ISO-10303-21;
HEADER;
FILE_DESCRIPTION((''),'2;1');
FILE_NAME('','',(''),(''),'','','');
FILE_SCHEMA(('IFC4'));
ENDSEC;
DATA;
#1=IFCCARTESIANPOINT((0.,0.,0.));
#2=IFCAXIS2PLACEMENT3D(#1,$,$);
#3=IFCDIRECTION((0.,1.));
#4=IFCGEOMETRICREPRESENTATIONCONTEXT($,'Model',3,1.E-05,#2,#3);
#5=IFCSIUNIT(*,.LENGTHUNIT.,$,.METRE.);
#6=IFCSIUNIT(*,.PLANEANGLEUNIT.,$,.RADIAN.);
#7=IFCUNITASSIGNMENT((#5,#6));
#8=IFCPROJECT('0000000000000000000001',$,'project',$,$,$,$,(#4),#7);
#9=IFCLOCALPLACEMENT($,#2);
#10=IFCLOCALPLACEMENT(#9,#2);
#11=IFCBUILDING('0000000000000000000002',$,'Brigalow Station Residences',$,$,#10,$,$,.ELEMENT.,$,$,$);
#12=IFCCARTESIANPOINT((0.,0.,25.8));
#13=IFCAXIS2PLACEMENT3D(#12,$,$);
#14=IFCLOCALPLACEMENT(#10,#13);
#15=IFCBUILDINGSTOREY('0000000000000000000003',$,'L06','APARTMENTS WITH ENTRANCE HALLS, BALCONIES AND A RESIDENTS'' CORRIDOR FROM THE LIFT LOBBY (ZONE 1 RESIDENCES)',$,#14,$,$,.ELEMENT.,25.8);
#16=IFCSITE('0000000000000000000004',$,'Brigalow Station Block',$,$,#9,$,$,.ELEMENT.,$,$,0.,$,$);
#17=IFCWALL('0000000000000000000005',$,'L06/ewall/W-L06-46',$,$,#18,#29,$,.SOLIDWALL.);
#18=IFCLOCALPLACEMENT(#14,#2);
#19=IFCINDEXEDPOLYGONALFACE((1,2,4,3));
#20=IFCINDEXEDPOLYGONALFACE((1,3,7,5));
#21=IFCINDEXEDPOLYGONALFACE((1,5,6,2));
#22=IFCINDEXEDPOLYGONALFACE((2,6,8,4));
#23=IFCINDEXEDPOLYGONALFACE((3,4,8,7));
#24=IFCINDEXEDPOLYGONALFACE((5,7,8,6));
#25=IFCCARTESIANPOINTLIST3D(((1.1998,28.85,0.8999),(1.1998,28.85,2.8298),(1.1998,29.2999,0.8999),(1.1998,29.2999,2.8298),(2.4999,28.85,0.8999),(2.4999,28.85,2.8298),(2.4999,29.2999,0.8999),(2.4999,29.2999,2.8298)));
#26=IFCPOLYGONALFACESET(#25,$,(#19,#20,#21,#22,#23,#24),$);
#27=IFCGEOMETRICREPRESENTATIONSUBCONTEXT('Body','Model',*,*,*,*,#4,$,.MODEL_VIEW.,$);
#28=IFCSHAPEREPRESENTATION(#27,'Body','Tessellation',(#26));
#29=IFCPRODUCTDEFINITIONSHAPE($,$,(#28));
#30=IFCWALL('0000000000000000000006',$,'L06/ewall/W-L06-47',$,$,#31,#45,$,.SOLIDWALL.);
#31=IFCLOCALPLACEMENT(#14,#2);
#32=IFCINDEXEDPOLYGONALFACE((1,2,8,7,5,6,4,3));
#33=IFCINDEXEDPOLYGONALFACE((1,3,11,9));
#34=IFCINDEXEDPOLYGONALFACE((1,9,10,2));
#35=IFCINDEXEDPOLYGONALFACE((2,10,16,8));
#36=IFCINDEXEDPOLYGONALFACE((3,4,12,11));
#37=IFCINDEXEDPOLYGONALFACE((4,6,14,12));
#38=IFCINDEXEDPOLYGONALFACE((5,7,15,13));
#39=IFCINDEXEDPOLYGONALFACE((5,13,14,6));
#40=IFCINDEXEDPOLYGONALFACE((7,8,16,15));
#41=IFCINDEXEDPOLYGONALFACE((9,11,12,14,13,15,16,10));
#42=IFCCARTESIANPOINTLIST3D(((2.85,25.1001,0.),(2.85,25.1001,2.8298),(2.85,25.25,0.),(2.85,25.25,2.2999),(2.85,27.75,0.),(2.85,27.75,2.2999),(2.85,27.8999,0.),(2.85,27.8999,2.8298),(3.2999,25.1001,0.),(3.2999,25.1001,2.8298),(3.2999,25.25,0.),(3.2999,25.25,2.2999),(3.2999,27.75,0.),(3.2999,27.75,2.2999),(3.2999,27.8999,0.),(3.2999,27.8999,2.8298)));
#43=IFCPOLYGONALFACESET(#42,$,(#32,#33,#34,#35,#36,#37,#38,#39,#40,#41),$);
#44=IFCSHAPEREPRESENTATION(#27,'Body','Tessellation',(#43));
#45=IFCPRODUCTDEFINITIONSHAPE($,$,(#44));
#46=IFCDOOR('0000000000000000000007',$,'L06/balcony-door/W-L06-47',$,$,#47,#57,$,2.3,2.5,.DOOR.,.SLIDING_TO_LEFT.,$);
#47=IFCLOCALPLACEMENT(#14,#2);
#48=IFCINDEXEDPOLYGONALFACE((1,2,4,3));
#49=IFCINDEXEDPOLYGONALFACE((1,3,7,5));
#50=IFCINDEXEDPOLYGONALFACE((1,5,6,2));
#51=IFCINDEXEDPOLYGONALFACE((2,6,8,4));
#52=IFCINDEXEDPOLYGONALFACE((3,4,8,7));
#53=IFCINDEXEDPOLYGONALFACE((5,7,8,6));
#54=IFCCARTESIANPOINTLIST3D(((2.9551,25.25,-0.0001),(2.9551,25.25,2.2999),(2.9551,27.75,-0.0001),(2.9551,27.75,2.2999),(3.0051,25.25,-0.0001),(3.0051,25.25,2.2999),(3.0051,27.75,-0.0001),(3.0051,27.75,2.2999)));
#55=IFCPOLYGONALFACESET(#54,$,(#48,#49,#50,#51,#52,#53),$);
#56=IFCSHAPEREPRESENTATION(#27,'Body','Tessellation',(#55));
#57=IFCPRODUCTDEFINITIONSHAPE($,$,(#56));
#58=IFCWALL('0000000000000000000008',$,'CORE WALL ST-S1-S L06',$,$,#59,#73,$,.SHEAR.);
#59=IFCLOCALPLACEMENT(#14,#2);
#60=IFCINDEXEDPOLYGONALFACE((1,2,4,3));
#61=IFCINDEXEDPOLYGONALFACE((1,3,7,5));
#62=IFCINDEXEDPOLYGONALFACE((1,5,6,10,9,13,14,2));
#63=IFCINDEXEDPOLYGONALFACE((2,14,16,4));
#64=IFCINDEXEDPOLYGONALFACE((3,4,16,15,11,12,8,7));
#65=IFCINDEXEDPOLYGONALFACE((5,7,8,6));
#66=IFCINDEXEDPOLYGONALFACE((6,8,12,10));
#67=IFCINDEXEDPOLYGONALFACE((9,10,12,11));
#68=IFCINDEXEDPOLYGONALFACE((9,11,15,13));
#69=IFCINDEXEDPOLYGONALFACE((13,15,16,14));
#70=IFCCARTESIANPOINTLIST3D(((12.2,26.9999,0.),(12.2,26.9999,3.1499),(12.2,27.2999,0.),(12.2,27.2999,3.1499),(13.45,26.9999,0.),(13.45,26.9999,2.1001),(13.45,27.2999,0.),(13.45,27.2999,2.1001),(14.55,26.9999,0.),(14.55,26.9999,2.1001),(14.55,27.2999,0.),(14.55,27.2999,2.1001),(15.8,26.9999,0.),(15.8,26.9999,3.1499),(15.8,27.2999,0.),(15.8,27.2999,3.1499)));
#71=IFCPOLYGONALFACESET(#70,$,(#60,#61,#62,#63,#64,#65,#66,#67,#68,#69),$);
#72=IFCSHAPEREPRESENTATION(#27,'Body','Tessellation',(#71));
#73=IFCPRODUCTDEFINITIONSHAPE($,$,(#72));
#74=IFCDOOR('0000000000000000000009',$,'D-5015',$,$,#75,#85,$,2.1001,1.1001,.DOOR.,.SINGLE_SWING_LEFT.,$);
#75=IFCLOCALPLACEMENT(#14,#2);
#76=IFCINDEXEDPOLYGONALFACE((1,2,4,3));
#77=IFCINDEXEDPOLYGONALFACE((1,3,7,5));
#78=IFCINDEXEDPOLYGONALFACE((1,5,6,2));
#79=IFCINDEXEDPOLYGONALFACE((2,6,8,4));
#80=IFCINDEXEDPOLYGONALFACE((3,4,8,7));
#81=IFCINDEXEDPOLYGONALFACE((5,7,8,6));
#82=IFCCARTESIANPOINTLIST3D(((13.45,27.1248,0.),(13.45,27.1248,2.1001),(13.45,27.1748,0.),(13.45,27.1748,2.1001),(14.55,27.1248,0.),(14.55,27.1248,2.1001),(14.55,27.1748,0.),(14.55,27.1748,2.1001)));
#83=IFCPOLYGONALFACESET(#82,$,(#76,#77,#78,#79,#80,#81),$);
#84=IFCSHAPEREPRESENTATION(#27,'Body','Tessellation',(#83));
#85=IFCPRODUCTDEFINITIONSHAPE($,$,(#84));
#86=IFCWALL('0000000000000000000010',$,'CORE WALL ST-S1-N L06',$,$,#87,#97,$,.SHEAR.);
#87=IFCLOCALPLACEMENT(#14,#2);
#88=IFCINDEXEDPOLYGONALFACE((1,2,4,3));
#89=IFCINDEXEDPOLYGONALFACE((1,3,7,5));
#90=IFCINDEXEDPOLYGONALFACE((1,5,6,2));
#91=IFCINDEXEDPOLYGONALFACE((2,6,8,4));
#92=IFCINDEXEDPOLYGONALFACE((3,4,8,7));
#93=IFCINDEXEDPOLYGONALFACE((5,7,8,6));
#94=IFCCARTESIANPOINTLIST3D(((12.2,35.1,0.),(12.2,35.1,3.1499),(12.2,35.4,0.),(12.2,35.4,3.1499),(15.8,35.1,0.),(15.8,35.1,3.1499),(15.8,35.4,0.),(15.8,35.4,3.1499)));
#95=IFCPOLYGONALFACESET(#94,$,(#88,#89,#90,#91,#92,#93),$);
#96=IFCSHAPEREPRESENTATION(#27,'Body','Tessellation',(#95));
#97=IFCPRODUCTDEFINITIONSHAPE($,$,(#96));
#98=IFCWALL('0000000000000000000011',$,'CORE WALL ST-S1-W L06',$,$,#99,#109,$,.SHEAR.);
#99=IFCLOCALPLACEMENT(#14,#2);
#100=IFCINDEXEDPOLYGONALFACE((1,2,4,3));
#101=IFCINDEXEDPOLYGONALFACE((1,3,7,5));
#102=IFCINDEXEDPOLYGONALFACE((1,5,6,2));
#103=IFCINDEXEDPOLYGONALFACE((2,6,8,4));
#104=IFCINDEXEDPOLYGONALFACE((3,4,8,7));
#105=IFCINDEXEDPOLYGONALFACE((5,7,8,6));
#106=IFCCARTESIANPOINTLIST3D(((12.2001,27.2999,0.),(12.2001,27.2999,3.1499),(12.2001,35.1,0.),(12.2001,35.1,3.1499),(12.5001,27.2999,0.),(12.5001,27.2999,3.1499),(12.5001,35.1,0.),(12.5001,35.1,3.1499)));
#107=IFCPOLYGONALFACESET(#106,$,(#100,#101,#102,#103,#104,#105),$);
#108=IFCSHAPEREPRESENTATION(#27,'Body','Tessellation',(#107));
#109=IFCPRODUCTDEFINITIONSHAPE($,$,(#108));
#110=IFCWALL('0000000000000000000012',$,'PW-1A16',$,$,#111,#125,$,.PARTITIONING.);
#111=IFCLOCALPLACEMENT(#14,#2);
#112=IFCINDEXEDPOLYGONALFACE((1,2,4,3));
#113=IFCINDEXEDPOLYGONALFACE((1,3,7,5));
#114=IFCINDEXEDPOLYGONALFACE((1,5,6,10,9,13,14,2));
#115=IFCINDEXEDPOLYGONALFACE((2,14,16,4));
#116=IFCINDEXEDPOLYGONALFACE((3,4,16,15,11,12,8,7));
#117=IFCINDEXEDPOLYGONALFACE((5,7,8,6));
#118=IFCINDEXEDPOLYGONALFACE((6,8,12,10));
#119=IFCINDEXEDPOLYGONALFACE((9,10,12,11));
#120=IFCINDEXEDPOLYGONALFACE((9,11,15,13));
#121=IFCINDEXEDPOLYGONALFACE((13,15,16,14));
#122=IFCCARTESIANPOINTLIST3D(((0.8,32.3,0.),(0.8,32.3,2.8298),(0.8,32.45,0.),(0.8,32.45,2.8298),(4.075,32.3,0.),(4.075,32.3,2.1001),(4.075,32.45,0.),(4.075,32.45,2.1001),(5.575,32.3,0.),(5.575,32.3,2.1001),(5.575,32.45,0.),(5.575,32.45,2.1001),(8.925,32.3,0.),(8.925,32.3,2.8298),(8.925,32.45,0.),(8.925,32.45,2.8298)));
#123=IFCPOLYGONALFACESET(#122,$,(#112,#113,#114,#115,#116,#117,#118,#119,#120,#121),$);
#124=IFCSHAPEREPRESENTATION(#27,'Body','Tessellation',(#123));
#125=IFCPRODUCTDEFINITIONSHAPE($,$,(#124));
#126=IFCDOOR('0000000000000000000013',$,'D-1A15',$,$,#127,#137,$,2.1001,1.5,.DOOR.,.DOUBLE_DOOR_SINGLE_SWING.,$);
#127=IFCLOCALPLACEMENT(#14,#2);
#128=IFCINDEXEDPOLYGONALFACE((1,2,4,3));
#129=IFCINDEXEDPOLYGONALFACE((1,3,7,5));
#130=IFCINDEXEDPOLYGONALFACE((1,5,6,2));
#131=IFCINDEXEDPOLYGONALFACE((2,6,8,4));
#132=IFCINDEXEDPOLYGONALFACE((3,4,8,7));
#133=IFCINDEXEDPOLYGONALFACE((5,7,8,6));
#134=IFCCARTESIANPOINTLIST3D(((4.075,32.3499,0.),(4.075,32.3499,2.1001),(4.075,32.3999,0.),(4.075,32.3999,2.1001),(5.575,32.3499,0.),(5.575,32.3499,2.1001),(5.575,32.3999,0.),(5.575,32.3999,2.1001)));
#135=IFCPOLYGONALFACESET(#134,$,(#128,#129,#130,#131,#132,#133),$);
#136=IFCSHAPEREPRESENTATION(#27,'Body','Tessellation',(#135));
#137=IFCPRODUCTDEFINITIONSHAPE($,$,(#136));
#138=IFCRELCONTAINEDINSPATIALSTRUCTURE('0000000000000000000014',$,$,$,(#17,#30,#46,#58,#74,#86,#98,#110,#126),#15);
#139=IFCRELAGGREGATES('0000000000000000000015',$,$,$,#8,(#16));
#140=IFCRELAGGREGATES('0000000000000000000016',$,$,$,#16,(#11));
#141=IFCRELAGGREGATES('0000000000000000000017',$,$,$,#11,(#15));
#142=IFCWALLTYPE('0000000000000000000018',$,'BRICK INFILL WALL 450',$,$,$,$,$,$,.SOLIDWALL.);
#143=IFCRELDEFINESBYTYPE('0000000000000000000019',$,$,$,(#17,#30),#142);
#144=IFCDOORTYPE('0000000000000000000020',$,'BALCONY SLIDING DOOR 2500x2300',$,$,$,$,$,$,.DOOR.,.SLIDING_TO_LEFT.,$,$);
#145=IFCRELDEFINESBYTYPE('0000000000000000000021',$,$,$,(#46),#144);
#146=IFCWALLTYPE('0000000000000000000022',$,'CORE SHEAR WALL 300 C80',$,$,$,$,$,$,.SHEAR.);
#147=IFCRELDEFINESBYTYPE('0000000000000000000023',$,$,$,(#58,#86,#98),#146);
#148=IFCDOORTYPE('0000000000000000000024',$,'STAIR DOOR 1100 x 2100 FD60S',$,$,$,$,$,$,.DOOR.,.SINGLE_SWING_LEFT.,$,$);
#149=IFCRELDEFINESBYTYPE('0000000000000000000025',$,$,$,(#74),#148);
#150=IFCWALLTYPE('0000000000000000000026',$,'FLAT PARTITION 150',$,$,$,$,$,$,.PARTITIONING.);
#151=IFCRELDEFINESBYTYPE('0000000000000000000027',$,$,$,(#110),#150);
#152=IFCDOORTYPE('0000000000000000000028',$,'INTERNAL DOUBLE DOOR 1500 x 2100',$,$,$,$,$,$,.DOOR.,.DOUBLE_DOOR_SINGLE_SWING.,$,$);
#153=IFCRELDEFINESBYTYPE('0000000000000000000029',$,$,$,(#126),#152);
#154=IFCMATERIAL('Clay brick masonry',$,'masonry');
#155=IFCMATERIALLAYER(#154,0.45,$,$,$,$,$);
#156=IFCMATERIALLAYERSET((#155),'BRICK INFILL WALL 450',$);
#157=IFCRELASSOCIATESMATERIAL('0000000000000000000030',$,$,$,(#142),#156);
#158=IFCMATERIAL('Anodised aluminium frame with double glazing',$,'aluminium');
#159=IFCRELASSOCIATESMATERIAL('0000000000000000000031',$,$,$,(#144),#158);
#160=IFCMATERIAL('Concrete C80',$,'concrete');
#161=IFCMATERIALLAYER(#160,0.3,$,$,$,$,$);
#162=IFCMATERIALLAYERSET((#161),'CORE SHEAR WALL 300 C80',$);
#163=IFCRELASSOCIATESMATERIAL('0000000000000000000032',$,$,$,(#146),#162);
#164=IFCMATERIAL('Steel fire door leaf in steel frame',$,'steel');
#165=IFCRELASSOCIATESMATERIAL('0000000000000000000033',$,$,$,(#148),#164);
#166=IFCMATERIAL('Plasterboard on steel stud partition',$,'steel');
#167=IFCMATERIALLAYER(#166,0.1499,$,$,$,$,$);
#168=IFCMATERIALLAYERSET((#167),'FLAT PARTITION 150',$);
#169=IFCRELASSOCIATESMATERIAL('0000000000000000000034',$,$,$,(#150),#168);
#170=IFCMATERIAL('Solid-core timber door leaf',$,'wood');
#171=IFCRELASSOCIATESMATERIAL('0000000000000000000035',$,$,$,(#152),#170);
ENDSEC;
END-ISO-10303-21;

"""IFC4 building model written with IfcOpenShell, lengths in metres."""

from ifc_helpers import new_model, si_unit, direction, frame, frame_2d, origin, place, context, subcontext, project, spatial, rectangle, extrude, material, layer, layer_set, type_object, element, fill, save


model = new_model("IFC4")

# Units and contexts
model_context = context("Model", 3, precision=1e-05, world=origin(), true_north=direction((0.0, 1.0)))
body_context = subcontext(model_context, "Body", "Model", "MODEL_VIEW")
ifc_project = project(units=[si_unit("LENGTHUNIT", "METRE"), si_unit("PLANEANGLEUNIT", "RADIAN")], contexts=[model_context])

# Site, building, storey
site_placement = place(None, origin())
site = spatial("IfcSite", under=ifc_project, at=site_placement, Name="Brigalow Station Block", CompositionType="ELEMENT", RefElevation=0.0)
building_placement = place(site_placement, origin())
building = spatial("IfcBuilding", under=site, at=building_placement, Name="Brigalow Station Residences", CompositionType="ELEMENT")
storey_placement = place(building_placement, frame((0.0, 0.0, 25.8)))
storey = spatial("IfcBuildingStorey", under=building, at=storey_placement, Name="L06", Description="APARTMENTS WITH ENTRANCE HALLS, BALCONIES AND A RESIDENTS' CORRIDOR FROM THE LIFT LOBBY (ZONE 1 RESIDENCES)", CompositionType="ELEMENT", Elevation=25.8)

# Shared definitions
ifc_material_1 = material(Name="Clay brick masonry", Category="masonry")
ifc_layer_1 = layer(ifc_material_1, 0.45)
ifc_layer_set_1 = layer_set([ifc_layer_1], Name="BRICK INFILL WALL 450")
wall_type_1 = type_object("IfcWallType", Name="BRICK INFILL WALL 450", PredefinedType="SOLIDWALL", material=ifc_layer_set_1)

# Wall
wall_1_placement = place(storey_placement, frame((1.2, 29.075, 0.8999), z_axis=(0.0, 0.0, 1.0), x_axis=(1.0, 0.0, 0.0)))
element("IfcWall", 1, at=wall_1_placement, inside=storey, type_object=wall_type_1, Name="L06/ewall/W-L06-46", PredefinedType="SOLIDWALL", context=body_context, shape_type="SweptSolid", body=[
    extrude(rectangle(XDim=1.3, YDim=0.45, at=frame_2d((0.6499, 0.0))), origin(), (0.0, 0.0, 1.0), 1.9299),
])

# Walls, openings, doors
wall_2_placement = place(storey_placement, frame((3.075, 27.8999, 0.0), z_axis=(0.0, 0.0, 1.0), x_axis=(0.0, -1.0, 0.0)))
wall_2 = element("IfcWall", 2, at=wall_2_placement, inside=storey, type_object=wall_type_1, Name="L06/ewall/W-L06-47", PredefinedType="SOLIDWALL", context=body_context, shape_type="SweptSolid", body=[
    extrude(rectangle(XDim=2.7998, YDim=0.45, at=frame_2d((1.3999, 0.0))), origin(), (0.0, 0.0, 1.0), 2.8298),
])
opening_1_placement = place(wall_2_placement, frame((0.1499, 0.0, 0.0)))
opening_1 = element("IfcOpeningElement", 3, at=opening_1_placement, cuts=wall_2, PredefinedType="OPENING", context=body_context, shape_type="SweptSolid", body=[
    extrude(rectangle(XDim=2.5, YDim=2.3, at=frame_2d((1.25, 1.1499))), frame((0.0, 0.2349, 0.0), z_axis=(0.0, -1.0, 0.0), x_axis=(1.0, 0.0, 0.0)), (0.0, 0.0, 1.0), 0.47),
])
ifc_material_2 = material(Name="Anodised aluminium frame with double glazing", Category="aluminium")
door_type_1 = type_object("IfcDoorType", Name="BALCONY SLIDING DOOR 2500x2300", OperationType="SLIDING_TO_LEFT", PredefinedType="DOOR", material=ifc_material_2)
door_1_placement = place(opening_1_placement, origin())
door_1 = element("IfcDoor", 4, at=door_1_placement, inside=storey, type_object=door_type_1, Name="L06/balcony-door/W-L06-47", OperationType="SLIDING_TO_LEFT", OverallHeight=2.3, OverallWidth=2.5, PredefinedType="DOOR", context=body_context, shape_type="SweptSolid", body=[
    extrude(rectangle(XDim=2.5, YDim=2.3, at=frame_2d((1.25, 1.1499))), frame((0.0, -0.0698, 0.0), z_axis=(0.0, -1.0, 0.0), x_axis=(1.0, 0.0, 0.0)), (0.0, 0.0, 1.0), 0.05),
])
fill(opening_1, door_1)
ifc_material_3 = material(Name="Concrete C80", Category="concrete")
ifc_layer_2 = layer(ifc_material_3, 0.3)
ifc_layer_set_2 = layer_set([ifc_layer_2], Name="CORE SHEAR WALL 300 C80")
wall_type_2 = type_object("IfcWallType", Name="CORE SHEAR WALL 300 C80", PredefinedType="SHEAR", material=ifc_layer_set_2)
wall_3_placement = place(storey_placement, frame((12.2, 27.1499, 0.0), z_axis=(0.0, 0.0, 1.0), x_axis=(1.0, 0.0, 0.0)))
wall_3 = element("IfcWall", 5, at=wall_3_placement, inside=storey, type_object=wall_type_2, Name="CORE WALL ST-S1-S L06", PredefinedType="SHEAR", context=body_context, shape_type="SweptSolid", body=[
    extrude(rectangle(XDim=3.6001, YDim=0.3, at=frame_2d((1.8, 0.0))), origin(), (0.0, 0.0, 1.0), 3.1499),
])
opening_2_placement = place(wall_3_placement, frame((1.25, 0.0, 0.0)))
opening_2 = element("IfcOpeningElement", 6, at=opening_2_placement, cuts=wall_3, PredefinedType="OPENING", context=body_context, shape_type="SweptSolid", body=[
    extrude(rectangle(XDim=1.1001, YDim=2.1001, at=frame_2d((0.55, 1.05))), frame((0.0, 0.1602, 0.0), z_axis=(0.0, -1.0, 0.0), x_axis=(1.0, 0.0, 0.0)), (0.0, 0.0, 1.0), 0.3201),
])
ifc_material_4 = material(Name="Steel fire door leaf in steel frame", Category="steel")
door_type_2 = type_object("IfcDoorType", Name="STAIR DOOR 1100 x 2100 FD60S", OperationType="SINGLE_SWING_LEFT", PredefinedType="DOOR", material=ifc_material_4)
door_2_placement = place(opening_2_placement, origin())
door_2 = element("IfcDoor", 7, at=door_2_placement, inside=storey, type_object=door_type_2, Name="D-5015", OperationType="SINGLE_SWING_LEFT", OverallHeight=2.1001, OverallWidth=1.1001, PredefinedType="DOOR", context=body_context, shape_type="SweptSolid", body=[
    extrude(rectangle(XDim=1.1001, YDim=2.1001, at=frame_2d((0.55, 1.05))), frame((0.0, 0.0249, 0.0), z_axis=(0.0, -1.0, 0.0), x_axis=(1.0, 0.0, 0.0)), (0.0, 0.0, 1.0), 0.05),
])
fill(opening_2, door_2)

# Walls
wall_4_placement = place(storey_placement, frame((12.2, 35.25, 0.0), z_axis=(0.0, 0.0, 1.0), x_axis=(1.0, 0.0, 0.0)))
element("IfcWall", 8, at=wall_4_placement, inside=storey, type_object=wall_type_2, Name="CORE WALL ST-S1-N L06", PredefinedType="SHEAR", context=body_context, shape_type="SweptSolid", body=[
    extrude(rectangle(XDim=3.6001, YDim=0.3, at=frame_2d((1.8, 0.0))), origin(), (0.0, 0.0, 1.0), 3.1499),
])
wall_5_placement = place(storey_placement, frame((12.3501, 27.3, 0.0), z_axis=(0.0, 0.0, 1.0), x_axis=(0.0, 1.0, 0.0)))
element("IfcWall", 9, at=wall_5_placement, inside=storey, type_object=wall_type_2, Name="CORE WALL ST-S1-W L06", PredefinedType="SHEAR", context=body_context, shape_type="SweptSolid", body=[
    extrude(rectangle(XDim=7.8, YDim=0.3, at=frame_2d((3.8999, 0.0))), origin(), (0.0, 0.0, 1.0), 3.1499),
])

# Wall, opening, door
ifc_material_5 = material(Name="Plasterboard on steel stud partition", Category="steel")
ifc_layer_3 = layer(ifc_material_5, 0.1499)
ifc_layer_set_3 = layer_set([ifc_layer_3], Name="FLAT PARTITION 150")
wall_type_3 = type_object("IfcWallType", Name="FLAT PARTITION 150", PredefinedType="PARTITIONING", material=ifc_layer_set_3)
wall_6_placement = place(storey_placement, frame((0.8, 32.375, 0.0), z_axis=(0.0, 0.0, 1.0), x_axis=(1.0, 0.0, 0.0)))
wall_6 = element("IfcWall", 10, at=wall_6_placement, inside=storey, type_object=wall_type_3, Name="PW-1A16", PredefinedType="PARTITIONING", context=body_context, shape_type="SweptSolid", body=[
    extrude(rectangle(XDim=8.125, YDim=0.1499, at=frame_2d((4.0625, 0.0))), origin(), (0.0, 0.0, 1.0), 2.8298),
])
opening_3_placement = place(wall_6_placement, frame((3.2749, 0.0, 0.0)))
opening_3 = element("IfcOpeningElement", 11, at=opening_3_placement, cuts=wall_6, PredefinedType="OPENING", context=body_context, shape_type="SweptSolid", body=[
    extrude(rectangle(XDim=1.5, YDim=2.1001, at=frame_2d((0.75, 1.05))), frame((0.0, 0.085, 0.0), z_axis=(0.0, -1.0, 0.0), x_axis=(1.0, 0.0, 0.0)), (0.0, 0.0, 1.0), 0.1699),
])
ifc_material_6 = material(Name="Solid-core timber door leaf", Category="wood")
door_type_3 = type_object("IfcDoorType", Name="INTERNAL DOUBLE DOOR 1500 x 2100", OperationType="DOUBLE_DOOR_SINGLE_SWING", PredefinedType="DOOR", material=ifc_material_6)
door_3_placement = place(opening_3_placement, origin())
door_3 = element("IfcDoor", 12, at=door_3_placement, inside=storey, type_object=door_type_3, Name="D-1A15", OperationType="DOUBLE_DOOR_SINGLE_SWING", OverallHeight=2.1001, OverallWidth=1.5, PredefinedType="DOOR", context=body_context, shape_type="SweptSolid", body=[
    extrude(rectangle(XDim=1.5, YDim=2.1001, at=frame_2d((0.75, 1.05))), frame((0.0, 0.0249, 0.0), z_axis=(0.0, -1.0, 0.0), x_axis=(1.0, 0.0, 0.0)), (0.0, 0.0, 1.0), 0.05),
])
fill(opening_3, door_3)

save(model, "model.ifc")
